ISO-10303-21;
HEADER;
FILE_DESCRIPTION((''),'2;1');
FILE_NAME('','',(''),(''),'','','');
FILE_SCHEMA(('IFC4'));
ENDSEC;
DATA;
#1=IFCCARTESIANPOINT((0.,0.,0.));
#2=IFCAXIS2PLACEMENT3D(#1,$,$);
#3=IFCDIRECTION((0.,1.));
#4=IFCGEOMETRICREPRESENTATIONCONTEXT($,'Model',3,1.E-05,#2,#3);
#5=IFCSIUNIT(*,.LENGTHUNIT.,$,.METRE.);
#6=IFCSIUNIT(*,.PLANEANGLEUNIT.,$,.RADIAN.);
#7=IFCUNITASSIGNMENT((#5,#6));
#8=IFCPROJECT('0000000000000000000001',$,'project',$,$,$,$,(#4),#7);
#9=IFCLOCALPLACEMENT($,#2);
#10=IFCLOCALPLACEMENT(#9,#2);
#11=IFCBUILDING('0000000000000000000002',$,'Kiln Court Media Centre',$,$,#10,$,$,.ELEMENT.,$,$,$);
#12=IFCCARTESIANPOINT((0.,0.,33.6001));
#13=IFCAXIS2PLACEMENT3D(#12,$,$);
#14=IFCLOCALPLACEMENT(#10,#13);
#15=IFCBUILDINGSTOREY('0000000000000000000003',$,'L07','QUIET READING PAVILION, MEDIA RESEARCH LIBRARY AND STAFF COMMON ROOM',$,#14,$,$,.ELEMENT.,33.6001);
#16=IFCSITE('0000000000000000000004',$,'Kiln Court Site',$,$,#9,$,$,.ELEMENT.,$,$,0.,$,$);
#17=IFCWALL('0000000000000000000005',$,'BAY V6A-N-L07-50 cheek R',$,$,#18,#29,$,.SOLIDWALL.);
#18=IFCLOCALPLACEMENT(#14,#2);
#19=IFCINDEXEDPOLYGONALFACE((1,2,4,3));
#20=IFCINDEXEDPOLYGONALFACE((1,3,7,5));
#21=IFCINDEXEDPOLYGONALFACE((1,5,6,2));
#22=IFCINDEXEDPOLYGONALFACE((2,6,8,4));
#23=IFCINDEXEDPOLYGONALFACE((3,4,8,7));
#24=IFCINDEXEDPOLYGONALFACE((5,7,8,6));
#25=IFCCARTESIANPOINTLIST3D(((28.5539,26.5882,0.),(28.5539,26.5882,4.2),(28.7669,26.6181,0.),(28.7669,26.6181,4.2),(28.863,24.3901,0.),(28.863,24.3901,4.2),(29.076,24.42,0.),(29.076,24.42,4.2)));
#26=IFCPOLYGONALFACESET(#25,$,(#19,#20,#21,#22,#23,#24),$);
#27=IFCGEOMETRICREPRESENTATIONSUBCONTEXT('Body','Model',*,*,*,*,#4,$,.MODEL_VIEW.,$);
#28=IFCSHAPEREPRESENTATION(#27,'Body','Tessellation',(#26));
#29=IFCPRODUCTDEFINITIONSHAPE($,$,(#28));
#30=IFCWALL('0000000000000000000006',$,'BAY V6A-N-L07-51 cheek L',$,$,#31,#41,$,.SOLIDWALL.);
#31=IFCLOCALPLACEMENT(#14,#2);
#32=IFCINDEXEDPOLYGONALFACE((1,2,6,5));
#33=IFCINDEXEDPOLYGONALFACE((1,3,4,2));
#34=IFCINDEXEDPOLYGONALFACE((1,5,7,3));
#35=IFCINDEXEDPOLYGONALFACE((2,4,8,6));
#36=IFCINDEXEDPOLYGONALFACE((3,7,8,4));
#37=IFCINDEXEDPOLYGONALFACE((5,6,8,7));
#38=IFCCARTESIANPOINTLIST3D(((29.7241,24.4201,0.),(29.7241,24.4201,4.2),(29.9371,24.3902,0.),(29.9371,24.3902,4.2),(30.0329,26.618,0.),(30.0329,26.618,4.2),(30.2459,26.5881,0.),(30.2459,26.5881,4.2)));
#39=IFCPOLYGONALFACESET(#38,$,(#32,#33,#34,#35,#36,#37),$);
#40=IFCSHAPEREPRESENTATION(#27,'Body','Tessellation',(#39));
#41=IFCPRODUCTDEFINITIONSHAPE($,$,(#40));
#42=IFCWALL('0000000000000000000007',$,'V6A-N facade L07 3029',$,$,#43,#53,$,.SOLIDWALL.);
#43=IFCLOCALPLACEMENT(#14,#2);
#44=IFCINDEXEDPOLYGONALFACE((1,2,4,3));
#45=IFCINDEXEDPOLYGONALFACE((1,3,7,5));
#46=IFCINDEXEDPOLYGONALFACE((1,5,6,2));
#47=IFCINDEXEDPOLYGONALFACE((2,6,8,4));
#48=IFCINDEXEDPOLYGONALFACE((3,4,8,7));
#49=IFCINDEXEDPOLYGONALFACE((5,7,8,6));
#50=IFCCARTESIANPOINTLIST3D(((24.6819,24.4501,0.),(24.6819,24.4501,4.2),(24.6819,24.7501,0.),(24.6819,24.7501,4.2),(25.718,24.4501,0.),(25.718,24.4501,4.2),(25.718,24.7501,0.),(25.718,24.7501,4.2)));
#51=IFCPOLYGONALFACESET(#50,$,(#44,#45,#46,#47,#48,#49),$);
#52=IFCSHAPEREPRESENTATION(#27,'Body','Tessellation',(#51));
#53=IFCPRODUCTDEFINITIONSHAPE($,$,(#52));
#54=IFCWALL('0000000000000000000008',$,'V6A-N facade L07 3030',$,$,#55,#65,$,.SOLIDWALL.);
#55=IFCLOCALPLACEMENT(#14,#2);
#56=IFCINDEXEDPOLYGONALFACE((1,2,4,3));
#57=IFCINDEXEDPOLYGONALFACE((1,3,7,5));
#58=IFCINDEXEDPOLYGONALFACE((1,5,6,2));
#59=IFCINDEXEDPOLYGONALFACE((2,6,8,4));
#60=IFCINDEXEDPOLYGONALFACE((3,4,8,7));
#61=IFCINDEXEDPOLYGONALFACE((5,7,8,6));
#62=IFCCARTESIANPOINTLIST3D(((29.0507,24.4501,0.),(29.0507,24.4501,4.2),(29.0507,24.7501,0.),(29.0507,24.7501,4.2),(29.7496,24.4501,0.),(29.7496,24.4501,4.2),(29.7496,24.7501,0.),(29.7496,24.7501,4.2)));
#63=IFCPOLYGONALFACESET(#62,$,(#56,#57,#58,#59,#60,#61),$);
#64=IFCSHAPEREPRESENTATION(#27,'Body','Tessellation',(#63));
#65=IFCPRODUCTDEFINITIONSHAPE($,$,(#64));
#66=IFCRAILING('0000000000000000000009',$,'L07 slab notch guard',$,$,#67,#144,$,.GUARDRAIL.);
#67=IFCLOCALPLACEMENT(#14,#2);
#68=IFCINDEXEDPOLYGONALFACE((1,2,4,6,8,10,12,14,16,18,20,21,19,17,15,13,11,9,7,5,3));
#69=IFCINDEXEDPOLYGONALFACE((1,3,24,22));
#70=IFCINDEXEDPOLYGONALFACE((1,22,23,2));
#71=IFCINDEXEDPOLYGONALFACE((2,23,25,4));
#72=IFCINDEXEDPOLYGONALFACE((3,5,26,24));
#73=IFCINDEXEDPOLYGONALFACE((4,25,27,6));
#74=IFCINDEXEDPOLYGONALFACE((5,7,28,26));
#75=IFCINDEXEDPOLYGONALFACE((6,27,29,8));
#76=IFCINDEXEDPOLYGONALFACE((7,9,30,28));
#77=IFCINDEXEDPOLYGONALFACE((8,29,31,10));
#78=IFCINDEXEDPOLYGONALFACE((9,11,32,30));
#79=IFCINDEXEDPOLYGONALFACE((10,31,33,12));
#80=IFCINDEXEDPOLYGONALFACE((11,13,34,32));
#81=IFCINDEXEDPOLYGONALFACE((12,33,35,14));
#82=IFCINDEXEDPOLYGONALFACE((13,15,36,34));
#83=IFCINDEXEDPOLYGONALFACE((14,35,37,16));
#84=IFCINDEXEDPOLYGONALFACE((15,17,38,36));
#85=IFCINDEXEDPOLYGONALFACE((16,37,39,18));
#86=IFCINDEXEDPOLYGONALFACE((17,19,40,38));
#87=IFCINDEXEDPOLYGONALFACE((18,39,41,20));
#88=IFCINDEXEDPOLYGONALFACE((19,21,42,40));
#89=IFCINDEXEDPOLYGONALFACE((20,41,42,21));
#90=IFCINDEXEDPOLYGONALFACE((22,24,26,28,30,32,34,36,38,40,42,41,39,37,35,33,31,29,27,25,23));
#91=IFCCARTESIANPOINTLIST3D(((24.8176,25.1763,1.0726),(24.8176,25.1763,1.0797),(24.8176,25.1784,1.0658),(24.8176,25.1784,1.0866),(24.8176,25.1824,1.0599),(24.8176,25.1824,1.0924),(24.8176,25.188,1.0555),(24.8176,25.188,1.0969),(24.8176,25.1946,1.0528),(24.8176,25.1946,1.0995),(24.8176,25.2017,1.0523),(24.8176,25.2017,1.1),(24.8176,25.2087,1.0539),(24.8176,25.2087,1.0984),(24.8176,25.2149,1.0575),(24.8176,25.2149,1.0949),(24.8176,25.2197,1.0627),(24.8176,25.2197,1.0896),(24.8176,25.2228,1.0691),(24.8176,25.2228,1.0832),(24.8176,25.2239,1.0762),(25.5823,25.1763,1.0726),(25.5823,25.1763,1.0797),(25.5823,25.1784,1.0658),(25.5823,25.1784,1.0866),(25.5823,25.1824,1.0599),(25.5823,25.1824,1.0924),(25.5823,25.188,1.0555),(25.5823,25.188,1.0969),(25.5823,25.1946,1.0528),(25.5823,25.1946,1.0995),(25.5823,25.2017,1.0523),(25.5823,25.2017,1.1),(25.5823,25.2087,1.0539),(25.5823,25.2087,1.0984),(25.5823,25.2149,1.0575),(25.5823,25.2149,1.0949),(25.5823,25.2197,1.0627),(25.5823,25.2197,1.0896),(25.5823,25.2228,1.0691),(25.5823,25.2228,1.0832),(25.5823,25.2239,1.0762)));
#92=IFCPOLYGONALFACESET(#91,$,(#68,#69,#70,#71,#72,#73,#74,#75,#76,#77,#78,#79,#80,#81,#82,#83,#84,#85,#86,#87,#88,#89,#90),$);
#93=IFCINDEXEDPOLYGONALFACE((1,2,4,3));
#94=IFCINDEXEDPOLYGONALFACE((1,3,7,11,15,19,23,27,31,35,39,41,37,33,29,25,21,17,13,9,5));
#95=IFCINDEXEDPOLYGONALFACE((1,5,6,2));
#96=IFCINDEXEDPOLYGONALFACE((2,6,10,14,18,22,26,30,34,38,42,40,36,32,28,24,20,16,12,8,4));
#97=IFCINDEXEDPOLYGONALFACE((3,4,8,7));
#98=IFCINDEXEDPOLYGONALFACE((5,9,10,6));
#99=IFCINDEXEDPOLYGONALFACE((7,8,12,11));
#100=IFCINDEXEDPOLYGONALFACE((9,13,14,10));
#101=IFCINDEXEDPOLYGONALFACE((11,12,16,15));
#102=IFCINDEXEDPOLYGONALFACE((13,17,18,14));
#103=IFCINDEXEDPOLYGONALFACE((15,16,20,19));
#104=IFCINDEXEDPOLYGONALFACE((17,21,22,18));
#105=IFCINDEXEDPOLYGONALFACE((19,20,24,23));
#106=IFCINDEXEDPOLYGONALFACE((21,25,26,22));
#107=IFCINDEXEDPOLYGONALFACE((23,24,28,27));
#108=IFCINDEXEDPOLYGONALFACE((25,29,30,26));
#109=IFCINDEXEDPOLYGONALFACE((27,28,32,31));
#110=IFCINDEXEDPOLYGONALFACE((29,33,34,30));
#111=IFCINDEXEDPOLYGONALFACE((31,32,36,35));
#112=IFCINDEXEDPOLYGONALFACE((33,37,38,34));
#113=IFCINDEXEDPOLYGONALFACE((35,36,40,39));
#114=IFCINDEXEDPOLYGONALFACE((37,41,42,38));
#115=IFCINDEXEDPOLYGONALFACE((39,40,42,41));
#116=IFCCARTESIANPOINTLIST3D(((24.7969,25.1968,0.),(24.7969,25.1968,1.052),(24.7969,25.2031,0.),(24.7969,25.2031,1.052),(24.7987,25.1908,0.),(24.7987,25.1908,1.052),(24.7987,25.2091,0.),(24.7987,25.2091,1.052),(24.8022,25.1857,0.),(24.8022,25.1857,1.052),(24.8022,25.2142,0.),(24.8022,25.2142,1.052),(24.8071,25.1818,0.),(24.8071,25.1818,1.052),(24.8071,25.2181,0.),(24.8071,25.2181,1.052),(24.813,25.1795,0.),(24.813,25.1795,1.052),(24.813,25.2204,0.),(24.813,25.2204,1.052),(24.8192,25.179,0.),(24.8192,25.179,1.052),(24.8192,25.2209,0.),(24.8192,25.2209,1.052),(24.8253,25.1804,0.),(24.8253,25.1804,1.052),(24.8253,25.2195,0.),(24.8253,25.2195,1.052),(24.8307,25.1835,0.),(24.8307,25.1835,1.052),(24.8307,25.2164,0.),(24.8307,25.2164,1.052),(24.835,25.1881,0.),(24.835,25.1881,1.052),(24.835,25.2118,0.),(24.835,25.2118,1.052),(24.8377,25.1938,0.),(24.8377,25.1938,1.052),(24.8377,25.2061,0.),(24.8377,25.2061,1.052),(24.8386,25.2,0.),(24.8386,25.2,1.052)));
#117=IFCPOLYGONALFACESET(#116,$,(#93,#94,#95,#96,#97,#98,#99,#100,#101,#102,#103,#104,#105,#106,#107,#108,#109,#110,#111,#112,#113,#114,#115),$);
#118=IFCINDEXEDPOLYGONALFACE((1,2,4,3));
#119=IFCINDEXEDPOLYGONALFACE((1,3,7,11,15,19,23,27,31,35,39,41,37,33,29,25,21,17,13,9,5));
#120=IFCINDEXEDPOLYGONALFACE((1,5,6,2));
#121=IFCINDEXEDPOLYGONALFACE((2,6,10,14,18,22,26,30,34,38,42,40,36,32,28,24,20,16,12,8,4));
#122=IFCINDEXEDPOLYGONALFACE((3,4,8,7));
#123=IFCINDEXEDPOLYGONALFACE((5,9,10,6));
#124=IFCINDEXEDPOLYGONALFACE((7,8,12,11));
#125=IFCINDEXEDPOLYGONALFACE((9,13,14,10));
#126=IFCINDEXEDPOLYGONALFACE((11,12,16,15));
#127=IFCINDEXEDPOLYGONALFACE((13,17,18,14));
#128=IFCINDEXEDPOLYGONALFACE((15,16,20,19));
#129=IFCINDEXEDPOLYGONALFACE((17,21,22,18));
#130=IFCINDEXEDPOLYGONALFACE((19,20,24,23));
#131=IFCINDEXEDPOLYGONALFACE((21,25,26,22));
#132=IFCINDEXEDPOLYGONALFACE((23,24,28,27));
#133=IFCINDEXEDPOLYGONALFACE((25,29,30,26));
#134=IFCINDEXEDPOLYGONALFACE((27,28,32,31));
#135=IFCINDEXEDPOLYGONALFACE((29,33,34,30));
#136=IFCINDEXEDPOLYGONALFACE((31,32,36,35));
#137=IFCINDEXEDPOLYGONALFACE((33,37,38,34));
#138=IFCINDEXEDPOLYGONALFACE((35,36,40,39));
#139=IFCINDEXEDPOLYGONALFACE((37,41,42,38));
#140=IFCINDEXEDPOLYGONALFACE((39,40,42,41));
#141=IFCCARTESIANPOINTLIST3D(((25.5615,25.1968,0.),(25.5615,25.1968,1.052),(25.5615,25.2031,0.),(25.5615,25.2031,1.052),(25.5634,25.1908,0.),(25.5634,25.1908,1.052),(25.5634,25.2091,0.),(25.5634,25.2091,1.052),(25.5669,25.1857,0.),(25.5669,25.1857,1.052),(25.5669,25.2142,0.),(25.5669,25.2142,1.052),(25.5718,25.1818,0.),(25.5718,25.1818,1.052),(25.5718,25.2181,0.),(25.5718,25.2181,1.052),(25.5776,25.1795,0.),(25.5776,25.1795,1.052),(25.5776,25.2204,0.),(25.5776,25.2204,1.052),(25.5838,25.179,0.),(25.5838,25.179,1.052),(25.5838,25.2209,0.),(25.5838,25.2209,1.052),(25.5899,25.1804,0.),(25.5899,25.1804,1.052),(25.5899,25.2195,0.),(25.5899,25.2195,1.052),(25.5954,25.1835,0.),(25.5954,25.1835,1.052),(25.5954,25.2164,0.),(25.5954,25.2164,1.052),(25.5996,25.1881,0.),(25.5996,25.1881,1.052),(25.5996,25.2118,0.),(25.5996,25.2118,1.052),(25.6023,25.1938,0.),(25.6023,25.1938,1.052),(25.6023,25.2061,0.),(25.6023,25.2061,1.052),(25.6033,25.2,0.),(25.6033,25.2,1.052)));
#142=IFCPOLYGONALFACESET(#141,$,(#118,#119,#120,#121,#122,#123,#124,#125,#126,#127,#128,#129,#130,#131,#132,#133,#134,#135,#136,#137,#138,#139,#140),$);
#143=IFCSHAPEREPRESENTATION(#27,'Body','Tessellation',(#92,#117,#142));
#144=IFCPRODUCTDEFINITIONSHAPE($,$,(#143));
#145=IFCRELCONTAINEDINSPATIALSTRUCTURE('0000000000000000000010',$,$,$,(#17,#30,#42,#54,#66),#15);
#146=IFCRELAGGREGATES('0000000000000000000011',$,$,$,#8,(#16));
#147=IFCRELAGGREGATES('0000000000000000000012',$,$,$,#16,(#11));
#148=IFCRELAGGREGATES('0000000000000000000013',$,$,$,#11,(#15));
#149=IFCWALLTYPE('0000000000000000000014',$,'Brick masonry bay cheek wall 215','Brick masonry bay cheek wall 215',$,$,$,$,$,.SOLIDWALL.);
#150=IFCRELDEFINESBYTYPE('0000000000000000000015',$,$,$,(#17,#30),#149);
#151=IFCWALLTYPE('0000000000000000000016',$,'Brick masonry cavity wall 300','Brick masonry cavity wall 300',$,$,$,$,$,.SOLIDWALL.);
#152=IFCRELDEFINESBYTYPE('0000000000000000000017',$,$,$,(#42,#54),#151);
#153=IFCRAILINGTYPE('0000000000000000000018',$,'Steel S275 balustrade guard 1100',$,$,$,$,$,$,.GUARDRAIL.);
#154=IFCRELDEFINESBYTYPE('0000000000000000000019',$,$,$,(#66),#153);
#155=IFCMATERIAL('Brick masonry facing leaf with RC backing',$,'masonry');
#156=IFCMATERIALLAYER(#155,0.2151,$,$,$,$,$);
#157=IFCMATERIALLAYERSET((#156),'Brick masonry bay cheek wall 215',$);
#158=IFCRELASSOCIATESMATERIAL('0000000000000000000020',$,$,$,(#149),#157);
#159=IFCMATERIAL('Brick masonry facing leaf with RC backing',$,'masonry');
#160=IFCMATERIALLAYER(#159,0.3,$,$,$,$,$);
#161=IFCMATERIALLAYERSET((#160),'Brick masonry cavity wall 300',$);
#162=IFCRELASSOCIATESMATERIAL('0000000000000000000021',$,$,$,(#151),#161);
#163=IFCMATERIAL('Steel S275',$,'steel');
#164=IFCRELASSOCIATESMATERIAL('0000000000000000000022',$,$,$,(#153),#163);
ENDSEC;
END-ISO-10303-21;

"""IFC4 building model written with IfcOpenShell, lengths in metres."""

from ifc_helpers import new_model, si_unit, direction, frame, frame_2d, origin, origin_2d, place, context, subcontext, project, spatial, rectangle, circle, extrude, material, layer, layer_set, type_object, element, save


model = new_model("IFC4")

# Units and contexts
model_context = context("Model", 3, precision=1e-05, world=origin(), true_north=direction((0.0, 1.0)))
body_context = subcontext(model_context, "Body", "Model", "MODEL_VIEW")
ifc_project = project(units=[si_unit("LENGTHUNIT", "METRE"), si_unit("PLANEANGLEUNIT", "RADIAN")], contexts=[model_context])

# Site, building, storey
site_placement = place(None, origin())
site = spatial("IfcSite", under=ifc_project, at=site_placement, Name="Kiln Court Site", CompositionType="ELEMENT", RefElevation=0.0)
building_placement = place(site_placement, origin())
building = spatial("IfcBuilding", under=site, at=building_placement, Name="Kiln Court Media Centre", CompositionType="ELEMENT")
storey_placement = place(building_placement, frame((0.0, 0.0, 33.6001)))
storey = spatial("IfcBuildingStorey", under=building, at=storey_placement, Name="L07", Description="QUIET READING PAVILION, MEDIA RESEARCH LIBRARY AND STAFF COMMON ROOM", CompositionType="ELEMENT", Elevation=33.6001)

# Walls
ifc_material_1 = material(Name="Brick masonry facing leaf with RC backing", Category="masonry")
ifc_layer_1 = layer(ifc_material_1, 0.2151)
ifc_layer_set_1 = layer_set([ifc_layer_1], Name="Brick masonry bay cheek wall 215")
wall_type_1 = type_object("IfcWallType", Name="Brick masonry bay cheek wall 215", Description="Brick masonry bay cheek wall 215", PredefinedType="SOLIDWALL", material=ifc_layer_set_1)
wall_1_placement = place(storey_placement, frame((28.9695, 24.405, 0.0), z_axis=(0.0, 0.0, 1.0), x_axis=(-0.13925, 0.990257, 0.0)))
element("IfcWall", 1, at=wall_1_placement, inside=storey, type_object=wall_type_1, Name="BAY V6A-N-L07-50 cheek R", PredefinedType="SOLIDWALL", context=body_context, shape_type="SweptSolid", body=[
    extrude(rectangle(XDim=2.2197, YDim=0.2151, at=frame_2d((1.1099, 0.0))), origin(), (0.0, 0.0, 1.0), 4.2),
])
wall_2_placement = place(storey_placement, frame((29.8306, 24.405, 0.0), z_axis=(0.0, 0.0, 1.0), x_axis=(0.139142, 0.990272, 0.0)))
element("IfcWall", 2, at=wall_2_placement, inside=storey, type_object=wall_type_1, Name="BAY V6A-N-L07-51 cheek L", PredefinedType="SOLIDWALL", context=body_context, shape_type="SweptSolid", body=[
    extrude(rectangle(XDim=2.2195, YDim=0.2151, at=frame_2d((1.1099, 0.0))), origin(), (0.0, 0.0, 1.0), 4.2),
])
ifc_material_2 = material(Name="Brick masonry facing leaf with RC backing", Category="masonry")
ifc_layer_2 = layer(ifc_material_2, 0.3)
ifc_layer_set_2 = layer_set([ifc_layer_2], Name="Brick masonry cavity wall 300")
wall_type_2 = type_object("IfcWallType", Name="Brick masonry cavity wall 300", Description="Brick masonry cavity wall 300", PredefinedType="SOLIDWALL", material=ifc_layer_set_2)
wall_3_placement = place(storey_placement, frame((24.6819, 24.6001, 0.0), z_axis=(0.0, 0.0, 1.0), x_axis=(1.0, 0.0, 0.0)))
element("IfcWall", 3, at=wall_3_placement, inside=storey, type_object=wall_type_2, Name="V6A-N facade L07 3029", PredefinedType="SOLIDWALL", context=body_context, shape_type="SweptSolid", body=[
    extrude(rectangle(XDim=1.0361, YDim=0.3, at=frame_2d((0.5181, 0.0))), origin(), (0.0, 0.0, 1.0), 4.2),
])
wall_4_placement = place(storey_placement, frame((29.0505, 24.6001, 0.0), z_axis=(0.0, 0.0, 1.0), x_axis=(1.0, 0.0, 0.0)))
element("IfcWall", 4, at=wall_4_placement, inside=storey, type_object=wall_type_2, Name="V6A-N facade L07 3030", PredefinedType="SOLIDWALL", context=body_context, shape_type="SweptSolid", body=[
    extrude(rectangle(XDim=0.699, YDim=0.3, at=frame_2d((0.3496, 0.0))), origin(), (0.0, 0.0, 1.0), 4.2),
])

# Railing
ifc_material_3 = material(Name="Steel S275", Category="steel")
railing_type = type_object("IfcRailingType", Name="Steel S275 balustrade guard 1100", PredefinedType="GUARDRAIL", material=ifc_material_3)
for number, where, name in (
    (5, (24.8176, 25.2, 0.0), "L07 slab notch guard"),
):
    element("IfcRailing", number, at=place(storey_placement, frame(where)), inside=storey, type_object=railing_type, Name=name, PredefinedType="GUARDRAIL", context=body_context, shape_type="SweptSolid", body=[
        extrude(circle(Radius=0.0239, at=origin_2d()), frame((0.0, 0.0, 1.0762), z_axis=(1.0, 0.0, 0.0), x_axis=(0.0, 1.0, 0.0)), (0.0, 0.0, 1.0), 0.7646),
        extrude(circle(Radius=0.021, at=origin_2d()), origin(), (0.0, 0.0, 1.0), 1.052),
        extrude(circle(Radius=0.021, at=origin_2d()), frame((0.7646, 0.0, 0.0)), (0.0, 0.0, 1.0), 1.052),
    ])

save(model, "model.ifc")
